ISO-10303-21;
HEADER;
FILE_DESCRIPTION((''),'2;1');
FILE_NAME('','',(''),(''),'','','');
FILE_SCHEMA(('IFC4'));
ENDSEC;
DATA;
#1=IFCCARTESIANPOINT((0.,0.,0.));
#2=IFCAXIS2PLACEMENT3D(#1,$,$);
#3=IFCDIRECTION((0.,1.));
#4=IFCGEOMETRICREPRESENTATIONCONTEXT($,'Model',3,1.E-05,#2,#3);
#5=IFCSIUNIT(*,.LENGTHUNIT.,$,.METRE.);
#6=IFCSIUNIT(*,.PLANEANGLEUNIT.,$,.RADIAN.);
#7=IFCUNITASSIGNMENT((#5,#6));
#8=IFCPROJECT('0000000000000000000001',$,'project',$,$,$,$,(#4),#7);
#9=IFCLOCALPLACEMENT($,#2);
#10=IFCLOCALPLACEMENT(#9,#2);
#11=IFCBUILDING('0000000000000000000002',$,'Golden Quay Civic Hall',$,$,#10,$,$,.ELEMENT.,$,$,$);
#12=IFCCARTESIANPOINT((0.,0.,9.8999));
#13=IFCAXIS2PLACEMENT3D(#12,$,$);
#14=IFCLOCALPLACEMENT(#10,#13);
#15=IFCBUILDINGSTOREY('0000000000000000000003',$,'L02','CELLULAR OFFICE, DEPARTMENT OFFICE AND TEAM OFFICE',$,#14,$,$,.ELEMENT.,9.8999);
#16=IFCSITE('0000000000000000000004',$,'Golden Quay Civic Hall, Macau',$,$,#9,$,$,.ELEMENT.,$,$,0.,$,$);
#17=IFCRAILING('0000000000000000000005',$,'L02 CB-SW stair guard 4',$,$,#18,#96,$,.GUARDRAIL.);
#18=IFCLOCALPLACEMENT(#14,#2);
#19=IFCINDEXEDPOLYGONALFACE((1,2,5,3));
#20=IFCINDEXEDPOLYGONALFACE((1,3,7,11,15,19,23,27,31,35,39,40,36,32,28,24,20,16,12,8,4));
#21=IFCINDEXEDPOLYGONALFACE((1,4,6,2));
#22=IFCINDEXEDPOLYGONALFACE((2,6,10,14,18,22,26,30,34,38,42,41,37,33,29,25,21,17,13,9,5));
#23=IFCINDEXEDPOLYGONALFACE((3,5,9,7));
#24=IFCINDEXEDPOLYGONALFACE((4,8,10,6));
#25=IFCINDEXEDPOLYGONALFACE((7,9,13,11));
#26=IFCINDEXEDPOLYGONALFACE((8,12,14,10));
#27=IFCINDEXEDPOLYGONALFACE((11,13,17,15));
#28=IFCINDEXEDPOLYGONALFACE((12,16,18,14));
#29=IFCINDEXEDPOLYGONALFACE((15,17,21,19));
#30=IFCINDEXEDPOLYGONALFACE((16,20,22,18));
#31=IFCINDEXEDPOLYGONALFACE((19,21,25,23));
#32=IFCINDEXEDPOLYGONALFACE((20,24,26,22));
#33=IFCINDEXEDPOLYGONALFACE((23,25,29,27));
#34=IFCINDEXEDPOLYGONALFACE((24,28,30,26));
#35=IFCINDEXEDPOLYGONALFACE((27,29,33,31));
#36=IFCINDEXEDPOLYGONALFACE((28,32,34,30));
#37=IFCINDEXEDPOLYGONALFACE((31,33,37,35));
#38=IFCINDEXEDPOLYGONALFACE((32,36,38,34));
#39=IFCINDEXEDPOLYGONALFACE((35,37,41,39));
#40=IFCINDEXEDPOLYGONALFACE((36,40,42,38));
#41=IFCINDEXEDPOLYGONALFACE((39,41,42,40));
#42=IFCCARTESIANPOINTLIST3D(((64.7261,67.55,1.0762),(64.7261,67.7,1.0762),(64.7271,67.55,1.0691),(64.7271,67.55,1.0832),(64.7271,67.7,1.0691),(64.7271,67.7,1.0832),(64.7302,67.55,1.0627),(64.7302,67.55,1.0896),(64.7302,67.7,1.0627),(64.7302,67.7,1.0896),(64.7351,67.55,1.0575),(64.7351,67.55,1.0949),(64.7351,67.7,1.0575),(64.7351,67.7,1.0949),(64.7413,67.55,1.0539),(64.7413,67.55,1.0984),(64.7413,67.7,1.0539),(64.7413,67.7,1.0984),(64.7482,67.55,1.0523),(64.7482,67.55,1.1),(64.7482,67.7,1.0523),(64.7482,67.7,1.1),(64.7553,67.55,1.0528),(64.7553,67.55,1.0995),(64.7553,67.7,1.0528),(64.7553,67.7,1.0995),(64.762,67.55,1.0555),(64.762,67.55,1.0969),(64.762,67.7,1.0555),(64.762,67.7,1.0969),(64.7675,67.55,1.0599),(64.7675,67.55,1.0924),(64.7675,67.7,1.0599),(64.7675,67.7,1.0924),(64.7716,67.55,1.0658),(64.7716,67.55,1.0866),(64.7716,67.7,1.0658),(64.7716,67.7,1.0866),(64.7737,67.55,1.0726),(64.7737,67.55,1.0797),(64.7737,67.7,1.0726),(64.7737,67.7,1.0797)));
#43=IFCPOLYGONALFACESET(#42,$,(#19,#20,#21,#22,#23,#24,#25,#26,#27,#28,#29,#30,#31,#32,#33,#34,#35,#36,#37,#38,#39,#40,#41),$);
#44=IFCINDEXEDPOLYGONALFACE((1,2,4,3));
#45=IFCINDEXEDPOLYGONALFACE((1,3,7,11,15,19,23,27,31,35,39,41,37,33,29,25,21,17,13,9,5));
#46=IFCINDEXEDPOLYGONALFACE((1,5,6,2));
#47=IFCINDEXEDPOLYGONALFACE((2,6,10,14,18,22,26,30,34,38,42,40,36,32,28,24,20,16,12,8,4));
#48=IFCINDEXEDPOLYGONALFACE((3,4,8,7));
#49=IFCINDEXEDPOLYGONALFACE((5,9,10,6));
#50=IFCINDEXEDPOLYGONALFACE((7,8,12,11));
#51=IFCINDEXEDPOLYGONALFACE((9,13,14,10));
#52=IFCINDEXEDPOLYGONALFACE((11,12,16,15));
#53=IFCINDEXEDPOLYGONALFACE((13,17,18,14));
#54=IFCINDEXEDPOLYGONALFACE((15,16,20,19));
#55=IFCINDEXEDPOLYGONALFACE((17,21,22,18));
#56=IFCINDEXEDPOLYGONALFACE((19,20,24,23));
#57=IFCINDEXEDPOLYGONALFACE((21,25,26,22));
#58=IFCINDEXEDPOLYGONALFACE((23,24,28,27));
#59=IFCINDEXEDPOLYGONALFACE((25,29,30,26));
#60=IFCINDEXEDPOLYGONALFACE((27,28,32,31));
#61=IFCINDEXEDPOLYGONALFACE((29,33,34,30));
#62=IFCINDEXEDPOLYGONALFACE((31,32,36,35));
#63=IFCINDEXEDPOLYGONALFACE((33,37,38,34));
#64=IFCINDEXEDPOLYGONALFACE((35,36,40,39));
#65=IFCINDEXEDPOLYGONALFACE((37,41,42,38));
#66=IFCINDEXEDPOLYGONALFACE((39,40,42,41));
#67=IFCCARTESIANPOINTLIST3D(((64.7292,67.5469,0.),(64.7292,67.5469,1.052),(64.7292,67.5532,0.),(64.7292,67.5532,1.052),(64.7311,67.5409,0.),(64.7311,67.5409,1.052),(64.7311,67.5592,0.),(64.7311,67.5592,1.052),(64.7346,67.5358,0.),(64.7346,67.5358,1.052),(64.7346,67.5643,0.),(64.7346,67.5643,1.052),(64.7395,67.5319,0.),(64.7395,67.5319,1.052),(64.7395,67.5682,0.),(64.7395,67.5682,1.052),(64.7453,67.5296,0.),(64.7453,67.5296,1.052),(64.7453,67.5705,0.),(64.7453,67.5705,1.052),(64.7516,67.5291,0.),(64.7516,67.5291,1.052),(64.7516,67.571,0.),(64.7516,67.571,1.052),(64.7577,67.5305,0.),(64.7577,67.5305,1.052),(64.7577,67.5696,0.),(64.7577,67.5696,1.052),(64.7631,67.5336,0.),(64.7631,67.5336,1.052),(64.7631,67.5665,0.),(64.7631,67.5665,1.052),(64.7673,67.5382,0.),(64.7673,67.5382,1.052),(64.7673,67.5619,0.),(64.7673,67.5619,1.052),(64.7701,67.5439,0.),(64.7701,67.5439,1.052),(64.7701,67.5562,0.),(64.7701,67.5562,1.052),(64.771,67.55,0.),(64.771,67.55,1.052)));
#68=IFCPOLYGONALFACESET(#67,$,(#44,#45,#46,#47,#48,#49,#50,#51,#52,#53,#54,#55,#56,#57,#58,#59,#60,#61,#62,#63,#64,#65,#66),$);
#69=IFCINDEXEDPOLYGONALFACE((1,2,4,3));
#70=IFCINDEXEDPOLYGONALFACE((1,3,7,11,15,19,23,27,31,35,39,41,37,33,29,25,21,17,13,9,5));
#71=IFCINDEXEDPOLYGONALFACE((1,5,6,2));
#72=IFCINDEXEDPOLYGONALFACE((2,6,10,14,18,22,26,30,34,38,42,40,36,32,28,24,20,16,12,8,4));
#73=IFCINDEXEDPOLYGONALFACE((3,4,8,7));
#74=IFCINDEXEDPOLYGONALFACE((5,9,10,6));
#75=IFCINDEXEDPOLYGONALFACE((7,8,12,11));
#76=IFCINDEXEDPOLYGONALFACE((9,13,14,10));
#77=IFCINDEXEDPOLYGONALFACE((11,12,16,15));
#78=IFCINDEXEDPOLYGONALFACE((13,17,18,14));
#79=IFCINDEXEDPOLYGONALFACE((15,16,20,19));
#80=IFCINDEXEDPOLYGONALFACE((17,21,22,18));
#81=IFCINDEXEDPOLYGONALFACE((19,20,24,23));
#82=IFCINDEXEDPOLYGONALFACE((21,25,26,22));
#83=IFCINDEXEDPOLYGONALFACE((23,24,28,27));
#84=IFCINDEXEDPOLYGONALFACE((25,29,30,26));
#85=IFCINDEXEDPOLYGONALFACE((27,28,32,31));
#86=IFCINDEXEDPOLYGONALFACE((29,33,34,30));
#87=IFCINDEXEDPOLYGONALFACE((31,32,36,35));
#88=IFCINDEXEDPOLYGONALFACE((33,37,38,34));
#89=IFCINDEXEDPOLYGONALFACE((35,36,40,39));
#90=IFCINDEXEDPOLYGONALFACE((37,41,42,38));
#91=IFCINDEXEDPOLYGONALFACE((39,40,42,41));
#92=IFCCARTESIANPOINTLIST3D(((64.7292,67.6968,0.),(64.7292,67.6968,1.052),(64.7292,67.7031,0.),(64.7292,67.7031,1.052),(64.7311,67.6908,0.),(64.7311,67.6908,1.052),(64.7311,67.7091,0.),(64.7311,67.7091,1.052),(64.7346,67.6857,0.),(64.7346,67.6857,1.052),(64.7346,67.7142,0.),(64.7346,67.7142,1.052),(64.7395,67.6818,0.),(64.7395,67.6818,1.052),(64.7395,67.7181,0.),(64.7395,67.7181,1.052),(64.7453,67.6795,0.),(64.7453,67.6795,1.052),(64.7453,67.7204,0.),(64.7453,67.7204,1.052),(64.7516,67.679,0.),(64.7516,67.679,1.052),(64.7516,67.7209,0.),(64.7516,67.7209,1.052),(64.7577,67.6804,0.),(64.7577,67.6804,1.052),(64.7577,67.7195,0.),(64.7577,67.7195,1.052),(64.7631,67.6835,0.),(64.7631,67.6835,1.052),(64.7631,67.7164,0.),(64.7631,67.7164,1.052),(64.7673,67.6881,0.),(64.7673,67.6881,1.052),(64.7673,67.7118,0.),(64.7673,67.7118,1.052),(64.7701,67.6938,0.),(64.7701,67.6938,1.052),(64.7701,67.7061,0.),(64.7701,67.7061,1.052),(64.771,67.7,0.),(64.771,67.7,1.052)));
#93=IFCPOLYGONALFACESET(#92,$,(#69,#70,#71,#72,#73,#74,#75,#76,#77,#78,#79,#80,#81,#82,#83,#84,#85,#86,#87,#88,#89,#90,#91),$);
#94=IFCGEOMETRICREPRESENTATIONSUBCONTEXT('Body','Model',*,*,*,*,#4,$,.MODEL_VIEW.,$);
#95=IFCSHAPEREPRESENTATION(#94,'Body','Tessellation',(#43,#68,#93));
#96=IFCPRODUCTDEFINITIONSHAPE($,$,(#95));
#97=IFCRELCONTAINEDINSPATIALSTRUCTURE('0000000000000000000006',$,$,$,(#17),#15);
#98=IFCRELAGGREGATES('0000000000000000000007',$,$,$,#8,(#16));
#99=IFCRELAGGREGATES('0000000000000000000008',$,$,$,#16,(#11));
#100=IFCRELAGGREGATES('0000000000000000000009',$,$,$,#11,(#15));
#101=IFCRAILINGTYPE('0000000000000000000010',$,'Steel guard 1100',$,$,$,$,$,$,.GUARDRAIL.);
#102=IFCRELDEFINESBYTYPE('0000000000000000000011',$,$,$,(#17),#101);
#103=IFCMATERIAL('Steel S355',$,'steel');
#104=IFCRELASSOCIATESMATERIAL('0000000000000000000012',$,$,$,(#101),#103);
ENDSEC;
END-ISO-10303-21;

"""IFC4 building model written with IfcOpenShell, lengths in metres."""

from ifc_helpers import new_model, si_unit, direction, frame, origin, origin_2d, place, context, subcontext, project, spatial, circle, extrude, material, type_object, element, save


model = new_model("IFC4")

# Units and contexts
model_context = context("Model", 3, precision=1e-05, world=origin(), true_north=direction((0.0, 1.0)))
body_context = subcontext(model_context, "Body", "Model", "MODEL_VIEW")
ifc_project = project(units=[si_unit("LENGTHUNIT", "METRE"), si_unit("PLANEANGLEUNIT", "RADIAN")], contexts=[model_context])

# Site, building, storey
site_placement = place(None, origin())
site = spatial("IfcSite", under=ifc_project, at=site_placement, Name="Golden Quay Civic Hall, Macau", CompositionType="ELEMENT", RefElevation=0.0)
building_placement = place(site_placement, origin())
building = spatial("IfcBuilding", under=site, at=building_placement, Name="Golden Quay Civic Hall", CompositionType="ELEMENT")
storey_placement = place(building_placement, frame((0.0, 0.0, 9.8999)))
storey = spatial("IfcBuildingStorey", under=building, at=storey_placement, Name="L02", Description="CELLULAR OFFICE, DEPARTMENT OFFICE AND TEAM OFFICE", CompositionType="ELEMENT", Elevation=9.8999)

# Railing
ifc_material_1 = material(Name="Steel S355", Category="steel")
railing_type_1 = type_object("IfcRailingType", Name="Steel guard 1100", PredefinedType="GUARDRAIL", material=ifc_material_1)
railing_1_placement = place(storey_placement, frame((64.75, 67.55, 0.0)))
element("IfcRailing", 1, at=railing_1_placement, inside=storey, type_object=railing_type_1, Name="L02 CB-SW stair guard 4", PredefinedType="GUARDRAIL", context=body_context, shape_type="SweptSolid", body=[
    extrude(circle(Radius=0.0239, at=origin_2d()), frame((0.0, 0.0, 1.0762), z_axis=(0.0, 1.0, 0.0), x_axis=(-1.0, 0.0, 0.0)), (0.0, 0.0, 1.0), 0.1499),
    extrude(circle(Radius=0.021, at=origin_2d()), origin(), (0.0, 0.0, 1.0), 1.052),
    extrude(circle(Radius=0.021, at=origin_2d()), frame((0.0, 0.1499, 0.0)), (0.0, 0.0, 1.0), 1.052),
])

save(model, "model.ifc")
